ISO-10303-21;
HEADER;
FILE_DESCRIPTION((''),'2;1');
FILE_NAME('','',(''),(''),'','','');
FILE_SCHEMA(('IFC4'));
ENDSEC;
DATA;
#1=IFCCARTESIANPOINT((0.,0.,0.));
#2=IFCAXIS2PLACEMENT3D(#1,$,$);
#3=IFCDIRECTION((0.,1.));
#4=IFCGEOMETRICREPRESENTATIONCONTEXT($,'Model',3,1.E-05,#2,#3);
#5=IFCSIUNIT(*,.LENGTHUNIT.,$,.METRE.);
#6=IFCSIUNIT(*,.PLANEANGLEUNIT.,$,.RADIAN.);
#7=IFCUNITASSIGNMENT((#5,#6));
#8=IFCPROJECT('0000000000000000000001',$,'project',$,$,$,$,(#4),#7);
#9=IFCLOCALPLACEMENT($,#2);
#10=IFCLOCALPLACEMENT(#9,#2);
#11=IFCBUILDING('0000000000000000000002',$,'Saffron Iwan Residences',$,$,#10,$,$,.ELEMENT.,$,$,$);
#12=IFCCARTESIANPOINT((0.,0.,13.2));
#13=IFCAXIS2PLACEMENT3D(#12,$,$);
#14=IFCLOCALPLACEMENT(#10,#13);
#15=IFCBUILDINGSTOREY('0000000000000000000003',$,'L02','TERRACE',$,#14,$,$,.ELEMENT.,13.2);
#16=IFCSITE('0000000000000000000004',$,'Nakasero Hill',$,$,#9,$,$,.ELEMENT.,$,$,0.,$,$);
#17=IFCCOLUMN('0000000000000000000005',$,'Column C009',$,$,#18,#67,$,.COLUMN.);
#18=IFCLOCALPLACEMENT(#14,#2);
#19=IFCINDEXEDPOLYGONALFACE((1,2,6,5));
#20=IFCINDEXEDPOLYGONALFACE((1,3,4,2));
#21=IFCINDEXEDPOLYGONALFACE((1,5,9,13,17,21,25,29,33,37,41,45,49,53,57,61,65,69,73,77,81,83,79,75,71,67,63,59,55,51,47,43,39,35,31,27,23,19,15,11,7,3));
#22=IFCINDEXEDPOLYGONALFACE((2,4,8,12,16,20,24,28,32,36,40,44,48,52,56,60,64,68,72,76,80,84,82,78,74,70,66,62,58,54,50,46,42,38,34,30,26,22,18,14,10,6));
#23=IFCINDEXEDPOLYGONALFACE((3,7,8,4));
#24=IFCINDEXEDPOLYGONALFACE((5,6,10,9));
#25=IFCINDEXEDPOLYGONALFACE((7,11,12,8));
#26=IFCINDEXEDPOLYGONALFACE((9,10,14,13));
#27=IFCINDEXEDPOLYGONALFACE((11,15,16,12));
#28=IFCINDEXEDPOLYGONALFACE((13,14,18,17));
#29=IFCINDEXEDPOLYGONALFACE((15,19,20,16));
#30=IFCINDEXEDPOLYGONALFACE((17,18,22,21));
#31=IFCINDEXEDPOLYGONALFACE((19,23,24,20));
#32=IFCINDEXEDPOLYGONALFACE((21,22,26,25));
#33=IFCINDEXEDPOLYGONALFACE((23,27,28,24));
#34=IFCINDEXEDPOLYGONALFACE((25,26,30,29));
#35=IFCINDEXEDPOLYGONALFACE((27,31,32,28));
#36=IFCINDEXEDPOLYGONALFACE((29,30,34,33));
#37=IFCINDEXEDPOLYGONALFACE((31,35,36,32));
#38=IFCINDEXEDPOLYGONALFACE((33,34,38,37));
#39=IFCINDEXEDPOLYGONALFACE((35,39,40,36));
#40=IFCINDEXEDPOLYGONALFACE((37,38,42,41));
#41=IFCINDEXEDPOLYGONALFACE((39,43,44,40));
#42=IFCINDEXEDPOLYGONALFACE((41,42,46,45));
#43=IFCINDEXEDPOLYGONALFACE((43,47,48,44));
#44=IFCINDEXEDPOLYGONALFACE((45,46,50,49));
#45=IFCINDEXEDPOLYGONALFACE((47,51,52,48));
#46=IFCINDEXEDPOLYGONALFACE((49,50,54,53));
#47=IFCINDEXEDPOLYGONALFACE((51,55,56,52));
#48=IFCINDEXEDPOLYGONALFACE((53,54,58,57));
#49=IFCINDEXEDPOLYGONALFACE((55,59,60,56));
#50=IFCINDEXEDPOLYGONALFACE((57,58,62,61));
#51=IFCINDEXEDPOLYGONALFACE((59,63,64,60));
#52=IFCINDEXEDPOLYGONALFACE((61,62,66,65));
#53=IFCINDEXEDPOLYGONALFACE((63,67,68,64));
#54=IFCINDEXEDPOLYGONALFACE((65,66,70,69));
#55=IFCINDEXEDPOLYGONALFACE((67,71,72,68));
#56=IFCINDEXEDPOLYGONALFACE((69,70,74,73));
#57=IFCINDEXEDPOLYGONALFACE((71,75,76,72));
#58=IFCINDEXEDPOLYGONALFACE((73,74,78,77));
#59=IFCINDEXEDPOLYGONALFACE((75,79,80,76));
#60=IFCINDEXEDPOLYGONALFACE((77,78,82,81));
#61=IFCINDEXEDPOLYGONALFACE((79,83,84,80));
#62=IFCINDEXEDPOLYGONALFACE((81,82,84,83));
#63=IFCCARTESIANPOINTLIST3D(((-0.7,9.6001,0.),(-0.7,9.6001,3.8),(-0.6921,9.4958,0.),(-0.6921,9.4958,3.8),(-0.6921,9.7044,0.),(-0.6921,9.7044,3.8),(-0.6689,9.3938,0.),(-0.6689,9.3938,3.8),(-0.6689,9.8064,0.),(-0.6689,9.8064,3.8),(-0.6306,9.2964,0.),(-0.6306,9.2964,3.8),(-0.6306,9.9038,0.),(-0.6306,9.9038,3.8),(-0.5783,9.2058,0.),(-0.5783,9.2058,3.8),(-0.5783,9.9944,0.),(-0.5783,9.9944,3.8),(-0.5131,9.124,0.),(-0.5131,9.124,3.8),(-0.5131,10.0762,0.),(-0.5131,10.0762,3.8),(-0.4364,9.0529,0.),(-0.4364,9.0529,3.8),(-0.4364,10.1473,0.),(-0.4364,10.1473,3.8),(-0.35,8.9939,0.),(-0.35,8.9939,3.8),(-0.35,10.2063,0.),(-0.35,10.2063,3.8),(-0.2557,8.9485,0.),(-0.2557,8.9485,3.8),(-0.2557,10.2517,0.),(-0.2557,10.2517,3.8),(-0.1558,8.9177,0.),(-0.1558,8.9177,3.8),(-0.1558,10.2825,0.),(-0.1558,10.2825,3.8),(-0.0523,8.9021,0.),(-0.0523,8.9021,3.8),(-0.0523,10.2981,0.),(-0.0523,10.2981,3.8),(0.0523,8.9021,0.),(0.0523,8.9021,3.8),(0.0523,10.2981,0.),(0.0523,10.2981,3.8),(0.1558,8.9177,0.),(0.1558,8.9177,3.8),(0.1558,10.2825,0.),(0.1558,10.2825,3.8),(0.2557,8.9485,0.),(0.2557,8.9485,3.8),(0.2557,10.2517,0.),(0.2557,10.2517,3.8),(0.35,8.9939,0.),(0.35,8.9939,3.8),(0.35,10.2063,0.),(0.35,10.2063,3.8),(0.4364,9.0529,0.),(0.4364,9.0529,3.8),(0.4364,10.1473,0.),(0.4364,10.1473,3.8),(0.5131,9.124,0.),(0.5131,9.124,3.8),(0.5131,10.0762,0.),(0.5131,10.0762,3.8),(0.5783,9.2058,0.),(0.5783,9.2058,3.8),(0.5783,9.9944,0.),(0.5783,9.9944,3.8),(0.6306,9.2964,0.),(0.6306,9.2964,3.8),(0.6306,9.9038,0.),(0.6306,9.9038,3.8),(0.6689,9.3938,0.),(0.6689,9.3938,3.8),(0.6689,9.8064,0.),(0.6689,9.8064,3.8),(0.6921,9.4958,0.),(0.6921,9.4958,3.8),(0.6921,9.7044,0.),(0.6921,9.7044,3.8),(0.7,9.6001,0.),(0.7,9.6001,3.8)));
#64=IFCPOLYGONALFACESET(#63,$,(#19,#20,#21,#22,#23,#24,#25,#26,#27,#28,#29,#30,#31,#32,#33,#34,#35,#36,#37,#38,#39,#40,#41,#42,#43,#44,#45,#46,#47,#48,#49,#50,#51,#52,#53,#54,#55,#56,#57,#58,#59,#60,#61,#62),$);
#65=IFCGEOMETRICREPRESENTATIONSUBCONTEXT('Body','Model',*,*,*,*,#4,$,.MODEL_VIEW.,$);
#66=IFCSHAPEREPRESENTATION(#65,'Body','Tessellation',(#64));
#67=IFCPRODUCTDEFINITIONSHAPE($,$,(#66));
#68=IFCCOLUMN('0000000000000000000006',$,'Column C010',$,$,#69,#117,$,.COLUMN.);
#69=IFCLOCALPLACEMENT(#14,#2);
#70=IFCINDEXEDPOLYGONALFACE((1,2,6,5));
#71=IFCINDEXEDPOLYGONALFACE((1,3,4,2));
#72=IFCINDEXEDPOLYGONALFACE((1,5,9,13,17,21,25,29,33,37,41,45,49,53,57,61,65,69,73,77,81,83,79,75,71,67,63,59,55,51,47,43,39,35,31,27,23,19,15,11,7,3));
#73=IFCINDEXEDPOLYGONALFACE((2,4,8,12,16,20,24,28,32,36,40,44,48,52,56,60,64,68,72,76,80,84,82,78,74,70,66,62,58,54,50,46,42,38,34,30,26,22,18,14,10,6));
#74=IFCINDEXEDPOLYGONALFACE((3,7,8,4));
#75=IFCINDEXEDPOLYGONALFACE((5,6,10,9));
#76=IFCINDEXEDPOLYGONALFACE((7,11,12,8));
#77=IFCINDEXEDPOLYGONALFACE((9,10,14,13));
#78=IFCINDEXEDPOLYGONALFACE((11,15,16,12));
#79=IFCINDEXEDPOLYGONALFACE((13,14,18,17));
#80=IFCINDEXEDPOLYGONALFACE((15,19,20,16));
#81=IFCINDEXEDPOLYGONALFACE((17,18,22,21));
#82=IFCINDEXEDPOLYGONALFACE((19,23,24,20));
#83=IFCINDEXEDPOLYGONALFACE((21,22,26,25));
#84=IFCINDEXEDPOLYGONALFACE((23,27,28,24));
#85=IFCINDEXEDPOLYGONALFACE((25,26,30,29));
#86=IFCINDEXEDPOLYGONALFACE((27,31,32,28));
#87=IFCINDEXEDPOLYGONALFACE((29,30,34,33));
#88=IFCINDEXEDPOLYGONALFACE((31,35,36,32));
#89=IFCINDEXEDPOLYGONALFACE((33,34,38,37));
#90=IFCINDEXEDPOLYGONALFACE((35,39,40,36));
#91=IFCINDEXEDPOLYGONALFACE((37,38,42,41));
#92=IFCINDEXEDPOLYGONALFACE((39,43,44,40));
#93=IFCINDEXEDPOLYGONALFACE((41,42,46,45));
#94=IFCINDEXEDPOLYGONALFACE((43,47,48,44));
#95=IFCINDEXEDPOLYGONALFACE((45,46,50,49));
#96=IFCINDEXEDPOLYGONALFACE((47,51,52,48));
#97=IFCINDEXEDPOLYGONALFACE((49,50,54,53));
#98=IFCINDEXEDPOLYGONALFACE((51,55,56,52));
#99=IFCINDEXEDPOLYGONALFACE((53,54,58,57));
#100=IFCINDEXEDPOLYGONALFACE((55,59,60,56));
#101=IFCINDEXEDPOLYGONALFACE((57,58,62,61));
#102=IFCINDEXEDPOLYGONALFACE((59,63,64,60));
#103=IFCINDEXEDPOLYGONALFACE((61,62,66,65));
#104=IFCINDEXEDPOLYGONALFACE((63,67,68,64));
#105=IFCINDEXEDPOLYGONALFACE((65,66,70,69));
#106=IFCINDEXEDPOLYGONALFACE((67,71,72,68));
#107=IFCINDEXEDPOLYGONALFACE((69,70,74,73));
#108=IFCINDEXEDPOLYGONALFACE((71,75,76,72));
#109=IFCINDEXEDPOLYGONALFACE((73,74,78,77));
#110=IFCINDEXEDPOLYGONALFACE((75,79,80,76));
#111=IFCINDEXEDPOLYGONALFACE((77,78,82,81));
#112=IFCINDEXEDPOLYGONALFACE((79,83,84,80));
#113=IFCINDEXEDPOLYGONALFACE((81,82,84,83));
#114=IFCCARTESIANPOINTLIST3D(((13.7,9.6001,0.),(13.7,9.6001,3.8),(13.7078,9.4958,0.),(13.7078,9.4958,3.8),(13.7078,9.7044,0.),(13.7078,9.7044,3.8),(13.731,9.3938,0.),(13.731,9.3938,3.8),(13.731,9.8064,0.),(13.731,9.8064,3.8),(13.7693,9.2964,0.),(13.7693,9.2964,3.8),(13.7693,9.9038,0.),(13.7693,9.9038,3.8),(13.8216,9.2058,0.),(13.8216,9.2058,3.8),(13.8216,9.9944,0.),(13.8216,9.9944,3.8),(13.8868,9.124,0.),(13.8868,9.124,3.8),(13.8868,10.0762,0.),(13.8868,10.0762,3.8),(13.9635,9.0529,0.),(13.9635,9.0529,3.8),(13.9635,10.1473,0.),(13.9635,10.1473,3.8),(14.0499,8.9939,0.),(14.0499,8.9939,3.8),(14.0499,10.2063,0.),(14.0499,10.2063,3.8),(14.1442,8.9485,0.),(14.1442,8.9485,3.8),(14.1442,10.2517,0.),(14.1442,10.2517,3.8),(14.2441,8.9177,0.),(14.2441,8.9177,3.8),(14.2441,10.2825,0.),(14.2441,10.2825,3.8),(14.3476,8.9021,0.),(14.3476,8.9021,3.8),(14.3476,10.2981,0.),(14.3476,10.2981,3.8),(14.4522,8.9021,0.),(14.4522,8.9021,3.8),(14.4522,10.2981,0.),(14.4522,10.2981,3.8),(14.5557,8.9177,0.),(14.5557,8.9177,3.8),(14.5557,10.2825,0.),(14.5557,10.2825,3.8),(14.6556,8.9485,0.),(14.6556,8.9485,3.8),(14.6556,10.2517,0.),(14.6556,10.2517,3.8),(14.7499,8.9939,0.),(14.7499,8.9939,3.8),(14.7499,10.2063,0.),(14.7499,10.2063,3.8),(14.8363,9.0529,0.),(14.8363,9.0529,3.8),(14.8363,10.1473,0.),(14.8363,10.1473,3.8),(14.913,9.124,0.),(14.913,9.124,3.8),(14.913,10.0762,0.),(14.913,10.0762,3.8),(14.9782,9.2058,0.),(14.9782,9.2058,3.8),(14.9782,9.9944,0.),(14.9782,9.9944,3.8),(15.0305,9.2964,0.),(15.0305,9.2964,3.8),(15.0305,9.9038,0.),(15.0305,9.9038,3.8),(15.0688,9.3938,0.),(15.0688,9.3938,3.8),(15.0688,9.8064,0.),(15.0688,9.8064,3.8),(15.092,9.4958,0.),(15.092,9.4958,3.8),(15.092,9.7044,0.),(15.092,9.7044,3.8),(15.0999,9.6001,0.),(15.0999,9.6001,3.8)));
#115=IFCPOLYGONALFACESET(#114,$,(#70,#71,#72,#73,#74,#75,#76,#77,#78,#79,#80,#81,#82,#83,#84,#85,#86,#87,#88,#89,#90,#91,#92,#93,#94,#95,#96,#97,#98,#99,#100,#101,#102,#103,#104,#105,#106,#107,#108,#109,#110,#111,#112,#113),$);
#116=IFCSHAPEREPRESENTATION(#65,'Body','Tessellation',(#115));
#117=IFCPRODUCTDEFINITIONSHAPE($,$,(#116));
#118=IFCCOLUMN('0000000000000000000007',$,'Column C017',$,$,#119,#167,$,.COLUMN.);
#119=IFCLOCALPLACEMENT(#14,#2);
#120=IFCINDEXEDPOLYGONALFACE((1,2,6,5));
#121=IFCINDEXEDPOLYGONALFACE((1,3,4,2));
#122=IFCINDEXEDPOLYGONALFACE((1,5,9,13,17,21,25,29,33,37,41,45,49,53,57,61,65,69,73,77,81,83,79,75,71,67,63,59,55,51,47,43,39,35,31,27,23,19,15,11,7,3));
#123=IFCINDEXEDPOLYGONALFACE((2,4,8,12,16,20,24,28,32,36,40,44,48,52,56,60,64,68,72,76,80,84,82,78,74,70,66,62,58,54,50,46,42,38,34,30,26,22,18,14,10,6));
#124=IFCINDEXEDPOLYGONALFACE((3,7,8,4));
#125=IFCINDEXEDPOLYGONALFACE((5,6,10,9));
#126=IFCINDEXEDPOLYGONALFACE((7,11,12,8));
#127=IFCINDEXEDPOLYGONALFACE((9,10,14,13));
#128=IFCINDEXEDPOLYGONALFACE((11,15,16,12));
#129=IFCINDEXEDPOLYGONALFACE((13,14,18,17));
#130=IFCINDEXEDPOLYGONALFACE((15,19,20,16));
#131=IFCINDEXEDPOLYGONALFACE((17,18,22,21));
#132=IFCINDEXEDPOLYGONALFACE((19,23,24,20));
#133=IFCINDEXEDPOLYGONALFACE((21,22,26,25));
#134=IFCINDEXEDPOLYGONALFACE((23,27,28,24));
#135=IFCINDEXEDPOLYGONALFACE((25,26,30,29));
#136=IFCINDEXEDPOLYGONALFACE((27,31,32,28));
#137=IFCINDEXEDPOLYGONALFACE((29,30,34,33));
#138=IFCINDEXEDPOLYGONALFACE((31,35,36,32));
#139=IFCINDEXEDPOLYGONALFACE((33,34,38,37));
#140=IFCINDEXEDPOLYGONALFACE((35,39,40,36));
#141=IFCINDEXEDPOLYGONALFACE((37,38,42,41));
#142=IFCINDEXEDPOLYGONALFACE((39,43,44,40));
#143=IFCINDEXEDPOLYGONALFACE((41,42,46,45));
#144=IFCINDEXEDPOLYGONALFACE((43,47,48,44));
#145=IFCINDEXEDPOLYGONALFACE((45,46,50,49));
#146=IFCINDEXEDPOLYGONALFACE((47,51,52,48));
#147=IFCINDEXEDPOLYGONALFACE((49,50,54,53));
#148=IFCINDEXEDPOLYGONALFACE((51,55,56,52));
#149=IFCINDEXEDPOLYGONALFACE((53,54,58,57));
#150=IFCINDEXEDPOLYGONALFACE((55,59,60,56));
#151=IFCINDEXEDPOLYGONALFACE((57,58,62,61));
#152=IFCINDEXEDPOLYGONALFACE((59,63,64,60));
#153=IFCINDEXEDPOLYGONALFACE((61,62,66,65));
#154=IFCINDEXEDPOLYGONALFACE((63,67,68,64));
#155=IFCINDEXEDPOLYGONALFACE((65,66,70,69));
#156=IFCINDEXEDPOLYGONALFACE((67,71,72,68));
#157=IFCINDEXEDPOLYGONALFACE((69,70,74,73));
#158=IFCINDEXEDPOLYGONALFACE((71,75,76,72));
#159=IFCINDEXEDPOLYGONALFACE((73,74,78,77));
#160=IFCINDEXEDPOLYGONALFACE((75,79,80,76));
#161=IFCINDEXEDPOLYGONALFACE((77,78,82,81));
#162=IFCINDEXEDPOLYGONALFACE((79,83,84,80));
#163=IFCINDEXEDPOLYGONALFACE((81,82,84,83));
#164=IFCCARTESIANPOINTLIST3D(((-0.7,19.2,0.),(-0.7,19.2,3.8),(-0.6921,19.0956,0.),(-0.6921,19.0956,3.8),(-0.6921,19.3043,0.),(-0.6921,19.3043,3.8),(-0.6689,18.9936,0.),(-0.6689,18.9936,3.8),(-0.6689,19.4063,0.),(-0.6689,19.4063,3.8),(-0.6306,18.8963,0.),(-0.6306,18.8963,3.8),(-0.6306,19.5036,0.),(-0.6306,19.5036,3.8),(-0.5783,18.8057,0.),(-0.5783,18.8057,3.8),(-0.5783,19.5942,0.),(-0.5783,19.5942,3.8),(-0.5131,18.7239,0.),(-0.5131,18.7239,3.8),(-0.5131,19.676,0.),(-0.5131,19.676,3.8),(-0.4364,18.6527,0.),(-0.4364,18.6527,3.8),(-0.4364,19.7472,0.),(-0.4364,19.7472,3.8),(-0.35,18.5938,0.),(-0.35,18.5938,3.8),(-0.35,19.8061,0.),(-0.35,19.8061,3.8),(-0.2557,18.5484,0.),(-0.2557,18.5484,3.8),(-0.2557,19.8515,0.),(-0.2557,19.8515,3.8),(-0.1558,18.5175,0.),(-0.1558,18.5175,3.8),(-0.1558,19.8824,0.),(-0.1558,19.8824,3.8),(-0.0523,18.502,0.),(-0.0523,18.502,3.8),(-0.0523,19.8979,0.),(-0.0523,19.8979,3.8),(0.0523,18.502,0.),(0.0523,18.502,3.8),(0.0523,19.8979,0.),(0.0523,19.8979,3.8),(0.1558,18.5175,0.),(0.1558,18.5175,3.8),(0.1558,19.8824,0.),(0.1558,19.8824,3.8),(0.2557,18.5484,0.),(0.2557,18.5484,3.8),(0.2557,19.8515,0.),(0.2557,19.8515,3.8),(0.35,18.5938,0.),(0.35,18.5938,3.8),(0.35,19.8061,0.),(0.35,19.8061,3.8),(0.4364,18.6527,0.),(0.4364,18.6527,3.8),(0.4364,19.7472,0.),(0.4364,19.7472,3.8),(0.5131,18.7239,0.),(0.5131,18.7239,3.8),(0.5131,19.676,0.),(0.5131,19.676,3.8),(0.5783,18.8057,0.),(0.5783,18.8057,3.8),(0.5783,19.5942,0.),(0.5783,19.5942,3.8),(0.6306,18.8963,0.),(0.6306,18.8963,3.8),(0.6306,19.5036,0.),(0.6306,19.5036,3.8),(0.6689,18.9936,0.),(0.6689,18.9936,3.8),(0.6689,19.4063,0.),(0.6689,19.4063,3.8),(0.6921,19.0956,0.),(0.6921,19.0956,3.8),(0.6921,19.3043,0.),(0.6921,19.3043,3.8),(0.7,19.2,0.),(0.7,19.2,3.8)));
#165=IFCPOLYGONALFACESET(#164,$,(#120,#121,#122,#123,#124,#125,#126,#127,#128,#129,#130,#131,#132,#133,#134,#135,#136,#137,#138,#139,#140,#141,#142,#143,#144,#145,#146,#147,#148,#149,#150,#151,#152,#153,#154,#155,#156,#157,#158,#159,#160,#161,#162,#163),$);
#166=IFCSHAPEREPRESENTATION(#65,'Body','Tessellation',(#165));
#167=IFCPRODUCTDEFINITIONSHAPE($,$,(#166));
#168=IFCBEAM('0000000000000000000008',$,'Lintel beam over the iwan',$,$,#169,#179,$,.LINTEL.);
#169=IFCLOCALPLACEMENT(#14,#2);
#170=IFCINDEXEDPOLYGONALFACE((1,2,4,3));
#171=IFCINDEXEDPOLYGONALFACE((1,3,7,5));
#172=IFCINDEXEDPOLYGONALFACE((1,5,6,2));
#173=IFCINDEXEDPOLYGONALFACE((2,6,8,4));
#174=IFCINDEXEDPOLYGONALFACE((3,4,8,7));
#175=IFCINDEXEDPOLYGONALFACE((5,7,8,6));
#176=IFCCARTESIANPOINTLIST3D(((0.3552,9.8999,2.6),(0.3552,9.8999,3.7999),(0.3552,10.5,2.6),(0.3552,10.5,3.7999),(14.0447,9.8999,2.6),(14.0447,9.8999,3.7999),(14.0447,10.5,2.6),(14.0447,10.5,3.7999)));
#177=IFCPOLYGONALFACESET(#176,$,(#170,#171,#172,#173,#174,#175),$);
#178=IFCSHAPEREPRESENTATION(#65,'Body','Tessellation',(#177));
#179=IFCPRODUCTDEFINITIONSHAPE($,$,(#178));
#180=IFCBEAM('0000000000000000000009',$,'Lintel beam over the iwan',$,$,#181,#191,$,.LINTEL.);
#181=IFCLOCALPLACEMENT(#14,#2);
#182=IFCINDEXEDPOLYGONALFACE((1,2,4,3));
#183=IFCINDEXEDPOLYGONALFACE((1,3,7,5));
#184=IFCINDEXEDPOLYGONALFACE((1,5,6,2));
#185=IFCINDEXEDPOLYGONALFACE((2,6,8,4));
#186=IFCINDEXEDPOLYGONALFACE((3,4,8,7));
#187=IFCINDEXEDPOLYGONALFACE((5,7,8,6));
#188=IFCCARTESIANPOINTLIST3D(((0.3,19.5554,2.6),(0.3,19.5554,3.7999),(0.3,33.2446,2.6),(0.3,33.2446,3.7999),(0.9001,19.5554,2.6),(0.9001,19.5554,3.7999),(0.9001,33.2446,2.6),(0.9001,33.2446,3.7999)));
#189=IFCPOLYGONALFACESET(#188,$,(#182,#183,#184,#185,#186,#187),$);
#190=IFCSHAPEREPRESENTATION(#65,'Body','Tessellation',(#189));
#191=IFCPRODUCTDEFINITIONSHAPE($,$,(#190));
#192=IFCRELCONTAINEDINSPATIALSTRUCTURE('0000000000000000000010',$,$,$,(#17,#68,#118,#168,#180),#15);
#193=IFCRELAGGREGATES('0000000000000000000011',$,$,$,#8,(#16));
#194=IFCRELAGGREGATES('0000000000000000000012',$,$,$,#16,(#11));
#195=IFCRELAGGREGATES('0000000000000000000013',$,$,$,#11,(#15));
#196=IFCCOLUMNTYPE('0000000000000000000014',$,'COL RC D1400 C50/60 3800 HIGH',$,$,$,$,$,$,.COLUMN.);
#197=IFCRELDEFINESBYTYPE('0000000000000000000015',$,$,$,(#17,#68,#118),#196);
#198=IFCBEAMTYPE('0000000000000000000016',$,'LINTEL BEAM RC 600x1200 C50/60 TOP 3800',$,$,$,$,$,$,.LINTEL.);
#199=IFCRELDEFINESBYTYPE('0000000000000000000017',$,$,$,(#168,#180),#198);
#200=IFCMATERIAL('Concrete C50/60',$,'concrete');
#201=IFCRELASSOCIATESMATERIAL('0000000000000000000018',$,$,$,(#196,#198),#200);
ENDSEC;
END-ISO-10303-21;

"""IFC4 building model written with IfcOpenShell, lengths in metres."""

from ifc_helpers import new_model, si_unit, direction, frame, origin, origin_2d, place, context, subcontext, project, spatial, rectangle, circle, extrude, source, transform, mapped, material, material_profile, profile_set, type_object, element, save


model = new_model("IFC4")

# Units and contexts
model_context = context("Model", 3, precision=1e-05, world=origin(), true_north=direction((0.0, 1.0)))
body_context = subcontext(model_context, "Body", "Model", "MODEL_VIEW")
ifc_project = project(units=[si_unit("LENGTHUNIT", "METRE"), si_unit("PLANEANGLEUNIT", "RADIAN")], contexts=[model_context])

# Site, building, storey
site_placement = place(None, origin())
site = spatial("IfcSite", under=ifc_project, at=site_placement, Name="Nakasero Hill", CompositionType="ELEMENT", RefElevation=0.0)
building_placement = place(site_placement, origin())
building = spatial("IfcBuilding", under=site, at=building_placement, Name="Saffron Iwan Residences", CompositionType="ELEMENT")
storey_placement = place(building_placement, frame((0.0, 0.0, 13.2)))
storey = spatial("IfcBuildingStorey", under=building, at=storey_placement, Name="L02", Description="TERRACE", CompositionType="ELEMENT", Elevation=13.2)

# Columns
ifc_material_1 = material(Name="Concrete C50/60", Category="concrete")
ifc_material_profile_1 = material_profile(ifc_material_1, circle(Radius=0.7, at=origin_2d()), Name="RC D1400")
ifc_profile_set_1 = profile_set([ifc_material_profile_1], Name="Concrete C50/60")
column_type = type_object("IfcColumnType", Name="COL RC D1400 C50/60 3800 HIGH", PredefinedType="COLUMN", material=ifc_profile_set_1)
shared_shape_1 = source(origin(), body_context, "Body", "SweptSolid", [
    extrude(circle(Radius=0.7, at=origin_2d()), origin(), (0.0, 0.0, 1.0), 3.8),
])
for number, where, z_axis, x_axis, name in (
    (1, (0.0, 9.6001, 0.0), (0.0, 0.0, 1.0), (1.0, 0.0, 0.0), "Column C009"),
    (2, (14.3999, 9.6001, 0.0), (0.0, 0.0, 1.0), (1.0, 0.0, 0.0), "Column C010"),
    (3, (0.0, 19.2, 0.0), (0.0, 0.0, 1.0), (1.0, 0.0, 0.0), "Column C017"),
):
    element("IfcColumn", number, at=place(storey_placement, frame(where, z_axis=z_axis, x_axis=x_axis)), inside=storey, type_object=column_type, Name=name, PredefinedType="COLUMN", context=body_context, shape_type="MappedRepresentation", body=[
        mapped(shared_shape_1, transform((0.0, 0.0, 0.0))),
    ])

# Beams
ifc_material_profile_2 = material_profile(ifc_material_1, rectangle(XDim=0.6001, YDim=1.2, at=origin_2d()), Name="RC 600x1200")
ifc_profile_set_2 = profile_set([ifc_material_profile_2], Name="Concrete C50/60")
beam_type_1 = type_object("IfcBeamType", Name="LINTEL BEAM RC 600x1200 C50/60 TOP 3800", PredefinedType="LINTEL", material=ifc_profile_set_2)
shared_shape_2 = source(origin(), body_context, "Body", "SweptSolid", [
    extrude(rectangle(XDim=0.6001, YDim=1.2, at=origin_2d()), origin(), (0.0, 0.0, 1.0), 13.6895),
])
beam_1_placement = place(storey_placement, frame((14.0447, 10.2, 3.2), z_axis=(-1.0, 0.0, 0.0), x_axis=(0.0, -1.0, 0.0)))
element("IfcBeam", 4, at=beam_1_placement, inside=storey, type_object=beam_type_1, Name="Lintel beam over the iwan", PredefinedType="LINTEL", context=body_context, shape_type="MappedRepresentation", body=[
    mapped(shared_shape_2, transform((0.0, 0.0, 0.0))),
])
shared_shape_3 = source(origin(), body_context, "Body", "SweptSolid", [
    extrude(rectangle(XDim=0.6001, YDim=1.2, at=origin_2d()), origin(), (0.0, 0.0, 1.0), 13.6892),
])
beam_2_placement = place(storey_placement, frame((0.6001, 19.5554, 3.2), z_axis=(0.0, 1.0, 0.0), x_axis=(-1.0, 0.0, 0.0)))
element("IfcBeam", 5, at=beam_2_placement, inside=storey, type_object=beam_type_1, Name="Lintel beam over the iwan", PredefinedType="LINTEL", context=body_context, shape_type="MappedRepresentation", body=[
    mapped(shared_shape_3, transform((0.0, 0.0, 0.0))),
])

save(model, "model.ifc")
